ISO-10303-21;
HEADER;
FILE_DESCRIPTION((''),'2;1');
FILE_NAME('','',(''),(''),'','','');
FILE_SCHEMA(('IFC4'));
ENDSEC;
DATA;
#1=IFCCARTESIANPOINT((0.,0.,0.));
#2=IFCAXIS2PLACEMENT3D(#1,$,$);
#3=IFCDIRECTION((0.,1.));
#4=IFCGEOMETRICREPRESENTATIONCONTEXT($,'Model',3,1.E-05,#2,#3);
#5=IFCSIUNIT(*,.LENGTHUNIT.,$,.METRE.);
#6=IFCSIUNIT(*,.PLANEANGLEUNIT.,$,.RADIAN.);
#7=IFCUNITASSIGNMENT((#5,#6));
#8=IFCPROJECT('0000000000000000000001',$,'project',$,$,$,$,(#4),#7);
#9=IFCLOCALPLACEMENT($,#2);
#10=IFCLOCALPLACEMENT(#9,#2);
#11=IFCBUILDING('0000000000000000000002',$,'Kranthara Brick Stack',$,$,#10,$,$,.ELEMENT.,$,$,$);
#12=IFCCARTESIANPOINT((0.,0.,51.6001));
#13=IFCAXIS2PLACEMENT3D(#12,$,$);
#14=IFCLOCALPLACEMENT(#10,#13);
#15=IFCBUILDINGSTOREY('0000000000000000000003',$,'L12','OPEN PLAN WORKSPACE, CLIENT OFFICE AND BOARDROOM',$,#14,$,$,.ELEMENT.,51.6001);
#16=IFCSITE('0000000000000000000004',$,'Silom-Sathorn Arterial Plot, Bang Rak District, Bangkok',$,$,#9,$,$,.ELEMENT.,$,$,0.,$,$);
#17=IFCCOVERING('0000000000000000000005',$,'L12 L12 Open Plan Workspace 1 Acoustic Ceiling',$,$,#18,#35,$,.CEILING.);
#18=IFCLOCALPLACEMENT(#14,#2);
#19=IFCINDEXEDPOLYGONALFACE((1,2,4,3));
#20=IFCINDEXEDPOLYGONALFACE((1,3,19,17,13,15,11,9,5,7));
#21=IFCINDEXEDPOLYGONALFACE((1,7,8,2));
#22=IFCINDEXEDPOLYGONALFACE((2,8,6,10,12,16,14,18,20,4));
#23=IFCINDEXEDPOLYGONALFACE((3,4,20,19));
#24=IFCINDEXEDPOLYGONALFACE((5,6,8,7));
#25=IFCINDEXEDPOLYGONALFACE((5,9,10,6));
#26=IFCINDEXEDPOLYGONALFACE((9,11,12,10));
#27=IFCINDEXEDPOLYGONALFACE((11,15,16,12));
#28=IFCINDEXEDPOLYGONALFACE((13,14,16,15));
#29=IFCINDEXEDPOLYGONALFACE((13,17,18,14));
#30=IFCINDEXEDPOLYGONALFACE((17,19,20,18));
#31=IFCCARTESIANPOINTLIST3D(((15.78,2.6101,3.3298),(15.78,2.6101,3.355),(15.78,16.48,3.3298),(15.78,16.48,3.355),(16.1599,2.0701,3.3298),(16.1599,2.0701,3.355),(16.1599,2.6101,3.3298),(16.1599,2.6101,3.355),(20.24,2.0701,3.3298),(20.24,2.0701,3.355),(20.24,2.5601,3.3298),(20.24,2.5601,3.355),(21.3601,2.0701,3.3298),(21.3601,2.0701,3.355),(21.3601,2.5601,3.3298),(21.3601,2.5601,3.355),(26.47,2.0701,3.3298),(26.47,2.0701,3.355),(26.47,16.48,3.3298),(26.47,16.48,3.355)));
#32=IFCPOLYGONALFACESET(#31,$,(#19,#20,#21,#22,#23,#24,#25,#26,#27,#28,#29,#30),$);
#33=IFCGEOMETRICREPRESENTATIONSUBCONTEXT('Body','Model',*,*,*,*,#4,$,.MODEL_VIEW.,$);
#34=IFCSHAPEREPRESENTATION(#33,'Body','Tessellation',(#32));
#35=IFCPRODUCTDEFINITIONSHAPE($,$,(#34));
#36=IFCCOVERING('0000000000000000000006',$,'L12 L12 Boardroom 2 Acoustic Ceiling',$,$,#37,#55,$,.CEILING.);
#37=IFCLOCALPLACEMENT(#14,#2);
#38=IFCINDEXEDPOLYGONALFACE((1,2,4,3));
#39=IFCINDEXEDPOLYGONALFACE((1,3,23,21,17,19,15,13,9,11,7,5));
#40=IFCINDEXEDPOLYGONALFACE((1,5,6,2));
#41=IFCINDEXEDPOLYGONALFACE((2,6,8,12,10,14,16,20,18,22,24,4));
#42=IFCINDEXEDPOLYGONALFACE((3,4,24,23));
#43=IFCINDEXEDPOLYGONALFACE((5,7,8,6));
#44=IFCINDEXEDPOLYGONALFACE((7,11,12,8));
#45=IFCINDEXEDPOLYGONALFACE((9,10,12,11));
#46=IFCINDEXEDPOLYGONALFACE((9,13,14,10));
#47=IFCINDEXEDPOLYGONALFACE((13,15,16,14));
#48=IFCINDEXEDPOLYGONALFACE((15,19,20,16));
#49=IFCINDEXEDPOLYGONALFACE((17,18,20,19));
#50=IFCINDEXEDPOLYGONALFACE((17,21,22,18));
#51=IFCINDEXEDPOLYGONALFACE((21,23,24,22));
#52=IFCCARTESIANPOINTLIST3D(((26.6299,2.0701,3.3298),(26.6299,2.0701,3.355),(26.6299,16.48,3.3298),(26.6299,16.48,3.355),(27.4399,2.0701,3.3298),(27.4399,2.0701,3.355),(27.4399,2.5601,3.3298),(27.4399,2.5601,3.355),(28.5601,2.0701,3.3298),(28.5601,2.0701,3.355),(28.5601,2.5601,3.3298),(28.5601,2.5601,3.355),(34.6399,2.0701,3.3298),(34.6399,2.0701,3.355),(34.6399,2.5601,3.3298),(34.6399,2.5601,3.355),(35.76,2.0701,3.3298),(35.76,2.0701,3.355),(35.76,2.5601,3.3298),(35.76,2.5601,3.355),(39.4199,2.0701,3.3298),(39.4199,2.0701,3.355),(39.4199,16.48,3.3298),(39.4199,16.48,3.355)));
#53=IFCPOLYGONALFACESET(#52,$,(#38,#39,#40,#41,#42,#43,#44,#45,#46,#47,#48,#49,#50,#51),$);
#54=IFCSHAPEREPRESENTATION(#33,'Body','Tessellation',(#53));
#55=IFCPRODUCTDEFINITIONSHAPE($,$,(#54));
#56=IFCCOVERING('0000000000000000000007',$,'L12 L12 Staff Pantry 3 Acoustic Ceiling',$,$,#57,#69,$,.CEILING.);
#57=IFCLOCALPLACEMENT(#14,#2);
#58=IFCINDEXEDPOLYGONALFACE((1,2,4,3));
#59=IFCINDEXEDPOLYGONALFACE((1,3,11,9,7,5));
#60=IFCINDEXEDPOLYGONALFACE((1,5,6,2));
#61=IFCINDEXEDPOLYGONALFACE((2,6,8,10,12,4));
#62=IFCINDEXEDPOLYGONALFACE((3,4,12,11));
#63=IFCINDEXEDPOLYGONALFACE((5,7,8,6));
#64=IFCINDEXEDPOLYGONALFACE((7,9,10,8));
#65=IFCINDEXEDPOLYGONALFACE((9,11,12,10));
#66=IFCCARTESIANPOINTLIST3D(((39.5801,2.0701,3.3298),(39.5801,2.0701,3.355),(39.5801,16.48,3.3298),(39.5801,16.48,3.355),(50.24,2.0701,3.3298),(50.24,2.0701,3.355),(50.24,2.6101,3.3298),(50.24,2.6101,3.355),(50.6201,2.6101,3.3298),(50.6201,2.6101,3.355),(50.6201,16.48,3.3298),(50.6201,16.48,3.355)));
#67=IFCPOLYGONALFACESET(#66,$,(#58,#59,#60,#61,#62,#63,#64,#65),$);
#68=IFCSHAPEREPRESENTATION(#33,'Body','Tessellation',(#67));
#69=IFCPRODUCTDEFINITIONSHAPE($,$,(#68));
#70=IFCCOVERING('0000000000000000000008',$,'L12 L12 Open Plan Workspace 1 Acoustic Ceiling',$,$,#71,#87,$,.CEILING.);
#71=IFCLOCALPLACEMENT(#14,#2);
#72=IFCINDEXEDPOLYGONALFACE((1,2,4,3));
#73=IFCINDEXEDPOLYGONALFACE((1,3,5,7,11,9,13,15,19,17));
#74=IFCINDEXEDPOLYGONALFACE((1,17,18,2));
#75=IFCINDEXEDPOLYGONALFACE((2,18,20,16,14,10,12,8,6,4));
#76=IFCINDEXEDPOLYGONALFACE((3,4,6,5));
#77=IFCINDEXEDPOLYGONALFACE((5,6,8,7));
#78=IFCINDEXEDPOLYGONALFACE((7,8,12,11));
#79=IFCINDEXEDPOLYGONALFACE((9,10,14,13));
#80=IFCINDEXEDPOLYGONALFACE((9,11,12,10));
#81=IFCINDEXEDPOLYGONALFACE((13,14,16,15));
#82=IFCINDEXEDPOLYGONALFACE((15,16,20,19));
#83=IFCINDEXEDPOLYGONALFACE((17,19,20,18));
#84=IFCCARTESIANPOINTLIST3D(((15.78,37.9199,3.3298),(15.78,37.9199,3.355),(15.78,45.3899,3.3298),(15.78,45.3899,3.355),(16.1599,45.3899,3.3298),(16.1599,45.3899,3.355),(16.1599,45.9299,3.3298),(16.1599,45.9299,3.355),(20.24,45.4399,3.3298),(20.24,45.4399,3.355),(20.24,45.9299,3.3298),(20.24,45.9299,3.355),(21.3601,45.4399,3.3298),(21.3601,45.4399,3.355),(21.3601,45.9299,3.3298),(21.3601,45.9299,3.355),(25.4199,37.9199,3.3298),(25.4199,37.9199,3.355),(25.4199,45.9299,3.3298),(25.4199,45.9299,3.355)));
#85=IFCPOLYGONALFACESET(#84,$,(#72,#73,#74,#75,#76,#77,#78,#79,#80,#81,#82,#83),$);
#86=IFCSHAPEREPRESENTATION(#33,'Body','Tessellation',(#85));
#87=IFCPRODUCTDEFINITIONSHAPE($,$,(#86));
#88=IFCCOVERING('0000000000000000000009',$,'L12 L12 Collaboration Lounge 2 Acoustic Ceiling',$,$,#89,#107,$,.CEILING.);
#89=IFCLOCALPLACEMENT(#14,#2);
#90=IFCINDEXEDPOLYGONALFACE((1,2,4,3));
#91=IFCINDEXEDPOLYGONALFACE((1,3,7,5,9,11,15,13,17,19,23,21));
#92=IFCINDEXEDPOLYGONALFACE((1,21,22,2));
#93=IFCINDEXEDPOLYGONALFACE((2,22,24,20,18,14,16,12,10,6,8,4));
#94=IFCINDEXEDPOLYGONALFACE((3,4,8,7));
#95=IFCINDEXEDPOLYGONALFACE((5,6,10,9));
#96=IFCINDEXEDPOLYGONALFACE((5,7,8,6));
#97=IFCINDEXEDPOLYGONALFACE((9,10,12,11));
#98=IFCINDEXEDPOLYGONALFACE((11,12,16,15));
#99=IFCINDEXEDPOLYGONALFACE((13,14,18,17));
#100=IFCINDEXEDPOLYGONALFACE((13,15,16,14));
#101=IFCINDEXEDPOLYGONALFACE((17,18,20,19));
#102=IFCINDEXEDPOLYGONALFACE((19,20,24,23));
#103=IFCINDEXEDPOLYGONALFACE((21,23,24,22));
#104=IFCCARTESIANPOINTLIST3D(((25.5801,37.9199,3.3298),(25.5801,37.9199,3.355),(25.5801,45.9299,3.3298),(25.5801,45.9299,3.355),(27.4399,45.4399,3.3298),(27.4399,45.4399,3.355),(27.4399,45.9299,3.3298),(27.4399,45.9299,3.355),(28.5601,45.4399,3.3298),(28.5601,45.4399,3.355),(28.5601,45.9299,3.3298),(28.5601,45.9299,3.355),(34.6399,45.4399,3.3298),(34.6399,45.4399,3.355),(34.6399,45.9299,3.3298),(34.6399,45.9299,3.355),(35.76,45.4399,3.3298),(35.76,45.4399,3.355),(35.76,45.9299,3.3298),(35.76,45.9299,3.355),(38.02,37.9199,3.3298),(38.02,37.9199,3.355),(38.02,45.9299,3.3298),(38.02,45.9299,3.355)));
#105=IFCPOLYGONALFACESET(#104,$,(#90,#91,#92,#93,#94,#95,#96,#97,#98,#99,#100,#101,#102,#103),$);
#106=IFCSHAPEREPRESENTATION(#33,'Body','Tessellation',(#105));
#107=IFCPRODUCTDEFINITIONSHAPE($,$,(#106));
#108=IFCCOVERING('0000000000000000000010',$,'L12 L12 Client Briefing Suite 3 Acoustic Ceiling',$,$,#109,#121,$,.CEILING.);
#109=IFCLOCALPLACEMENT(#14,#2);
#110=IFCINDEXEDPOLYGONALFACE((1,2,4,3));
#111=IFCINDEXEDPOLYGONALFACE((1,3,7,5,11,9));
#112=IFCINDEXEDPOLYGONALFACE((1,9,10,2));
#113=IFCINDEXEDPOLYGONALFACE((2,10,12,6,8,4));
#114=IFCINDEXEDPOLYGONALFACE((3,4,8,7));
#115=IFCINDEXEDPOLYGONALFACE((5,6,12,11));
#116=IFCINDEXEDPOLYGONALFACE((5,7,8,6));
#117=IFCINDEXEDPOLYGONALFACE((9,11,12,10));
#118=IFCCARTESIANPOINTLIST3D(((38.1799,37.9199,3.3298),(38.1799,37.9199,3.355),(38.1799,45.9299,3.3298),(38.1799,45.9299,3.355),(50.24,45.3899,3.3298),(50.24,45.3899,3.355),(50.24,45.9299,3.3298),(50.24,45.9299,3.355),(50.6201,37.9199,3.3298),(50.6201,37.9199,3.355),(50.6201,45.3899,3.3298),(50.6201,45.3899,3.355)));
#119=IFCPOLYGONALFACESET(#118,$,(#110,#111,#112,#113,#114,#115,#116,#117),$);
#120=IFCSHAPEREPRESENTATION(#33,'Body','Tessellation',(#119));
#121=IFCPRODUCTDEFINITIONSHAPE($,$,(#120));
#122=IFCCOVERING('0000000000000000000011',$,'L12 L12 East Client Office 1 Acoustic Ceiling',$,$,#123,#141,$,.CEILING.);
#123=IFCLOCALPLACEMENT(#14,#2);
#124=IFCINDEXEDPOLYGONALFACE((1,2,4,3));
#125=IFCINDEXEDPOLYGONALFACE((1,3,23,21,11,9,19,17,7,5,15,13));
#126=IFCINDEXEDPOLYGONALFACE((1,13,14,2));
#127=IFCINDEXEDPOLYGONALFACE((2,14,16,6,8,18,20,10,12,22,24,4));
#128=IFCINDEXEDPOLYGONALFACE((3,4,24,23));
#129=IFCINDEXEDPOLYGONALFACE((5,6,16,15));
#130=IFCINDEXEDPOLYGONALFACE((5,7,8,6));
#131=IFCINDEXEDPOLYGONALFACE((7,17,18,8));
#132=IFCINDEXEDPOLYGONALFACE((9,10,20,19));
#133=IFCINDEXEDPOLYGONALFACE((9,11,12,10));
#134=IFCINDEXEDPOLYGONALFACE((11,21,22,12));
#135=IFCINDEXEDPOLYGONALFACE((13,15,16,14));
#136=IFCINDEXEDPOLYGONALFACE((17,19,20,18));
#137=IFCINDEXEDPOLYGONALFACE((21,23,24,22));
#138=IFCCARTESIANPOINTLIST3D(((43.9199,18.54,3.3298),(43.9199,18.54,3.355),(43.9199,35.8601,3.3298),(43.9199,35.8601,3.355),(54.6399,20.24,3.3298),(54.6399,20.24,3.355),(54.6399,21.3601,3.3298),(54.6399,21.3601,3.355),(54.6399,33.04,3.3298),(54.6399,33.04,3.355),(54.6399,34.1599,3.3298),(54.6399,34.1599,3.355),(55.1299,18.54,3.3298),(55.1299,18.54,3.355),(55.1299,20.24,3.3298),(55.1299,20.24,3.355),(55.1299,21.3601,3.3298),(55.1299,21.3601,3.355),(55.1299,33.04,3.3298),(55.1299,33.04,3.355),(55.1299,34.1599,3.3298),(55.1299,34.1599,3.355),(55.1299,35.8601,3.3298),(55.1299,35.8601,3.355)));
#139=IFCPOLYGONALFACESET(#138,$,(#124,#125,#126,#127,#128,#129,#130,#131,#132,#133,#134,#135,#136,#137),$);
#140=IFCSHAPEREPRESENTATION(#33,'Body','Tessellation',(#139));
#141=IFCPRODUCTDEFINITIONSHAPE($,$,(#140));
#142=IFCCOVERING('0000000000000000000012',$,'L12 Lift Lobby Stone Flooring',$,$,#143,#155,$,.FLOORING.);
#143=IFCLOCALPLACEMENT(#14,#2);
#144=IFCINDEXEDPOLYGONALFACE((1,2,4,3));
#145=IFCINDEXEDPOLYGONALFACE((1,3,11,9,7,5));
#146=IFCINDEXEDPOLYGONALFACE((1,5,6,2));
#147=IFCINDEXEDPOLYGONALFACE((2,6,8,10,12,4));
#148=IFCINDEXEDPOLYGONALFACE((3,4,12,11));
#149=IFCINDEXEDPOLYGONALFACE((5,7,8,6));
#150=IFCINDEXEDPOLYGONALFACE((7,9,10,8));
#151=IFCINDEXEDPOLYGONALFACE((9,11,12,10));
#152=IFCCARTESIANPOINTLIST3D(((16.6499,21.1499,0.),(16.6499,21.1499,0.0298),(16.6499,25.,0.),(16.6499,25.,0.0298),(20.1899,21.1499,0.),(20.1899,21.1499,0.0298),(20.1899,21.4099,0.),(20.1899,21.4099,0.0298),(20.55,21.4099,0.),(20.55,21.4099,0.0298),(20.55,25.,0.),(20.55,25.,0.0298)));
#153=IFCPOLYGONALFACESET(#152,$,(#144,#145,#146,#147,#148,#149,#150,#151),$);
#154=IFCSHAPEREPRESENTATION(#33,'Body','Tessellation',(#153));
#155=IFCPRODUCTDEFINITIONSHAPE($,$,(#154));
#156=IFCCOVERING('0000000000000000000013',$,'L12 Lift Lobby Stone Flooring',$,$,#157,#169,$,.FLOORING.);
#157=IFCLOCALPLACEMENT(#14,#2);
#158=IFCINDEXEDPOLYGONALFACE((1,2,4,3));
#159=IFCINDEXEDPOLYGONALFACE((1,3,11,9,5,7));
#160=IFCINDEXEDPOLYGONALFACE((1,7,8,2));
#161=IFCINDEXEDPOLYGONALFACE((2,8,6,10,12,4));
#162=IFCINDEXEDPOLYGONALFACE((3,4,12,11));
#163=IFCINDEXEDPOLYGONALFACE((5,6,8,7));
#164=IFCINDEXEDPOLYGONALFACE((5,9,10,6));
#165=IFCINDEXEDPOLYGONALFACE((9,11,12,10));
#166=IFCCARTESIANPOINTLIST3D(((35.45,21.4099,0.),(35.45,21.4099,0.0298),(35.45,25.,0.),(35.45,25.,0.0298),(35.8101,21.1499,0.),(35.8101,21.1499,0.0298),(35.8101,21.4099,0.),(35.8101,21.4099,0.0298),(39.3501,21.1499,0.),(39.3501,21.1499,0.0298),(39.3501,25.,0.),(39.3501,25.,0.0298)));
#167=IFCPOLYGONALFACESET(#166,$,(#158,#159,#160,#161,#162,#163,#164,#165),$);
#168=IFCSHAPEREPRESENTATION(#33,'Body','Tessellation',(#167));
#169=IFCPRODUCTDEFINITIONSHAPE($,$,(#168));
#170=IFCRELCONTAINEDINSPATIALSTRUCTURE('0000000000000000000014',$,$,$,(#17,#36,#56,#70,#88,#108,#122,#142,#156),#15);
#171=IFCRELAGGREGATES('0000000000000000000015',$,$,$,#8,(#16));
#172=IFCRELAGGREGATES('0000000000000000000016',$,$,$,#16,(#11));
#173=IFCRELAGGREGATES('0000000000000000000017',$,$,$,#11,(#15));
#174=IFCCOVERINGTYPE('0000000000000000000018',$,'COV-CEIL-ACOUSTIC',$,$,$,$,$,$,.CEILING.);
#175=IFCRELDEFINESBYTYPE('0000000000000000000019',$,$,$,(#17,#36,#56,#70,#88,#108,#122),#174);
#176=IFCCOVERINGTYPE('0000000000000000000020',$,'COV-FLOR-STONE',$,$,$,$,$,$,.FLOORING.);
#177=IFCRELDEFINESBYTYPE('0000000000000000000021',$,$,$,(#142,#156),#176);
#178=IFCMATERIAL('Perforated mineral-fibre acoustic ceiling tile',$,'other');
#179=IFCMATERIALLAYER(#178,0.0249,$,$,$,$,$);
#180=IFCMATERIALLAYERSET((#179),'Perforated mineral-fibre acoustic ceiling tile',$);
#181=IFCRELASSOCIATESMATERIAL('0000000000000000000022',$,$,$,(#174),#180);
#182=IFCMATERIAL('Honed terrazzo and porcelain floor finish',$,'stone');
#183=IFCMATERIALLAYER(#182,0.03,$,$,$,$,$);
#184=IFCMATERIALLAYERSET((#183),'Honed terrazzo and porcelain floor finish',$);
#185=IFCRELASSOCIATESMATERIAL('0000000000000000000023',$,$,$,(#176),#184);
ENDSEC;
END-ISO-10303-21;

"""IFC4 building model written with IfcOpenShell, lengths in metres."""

from ifc_helpers import new_model, si_unit, direction, frame, origin, place, context, subcontext, project, spatial, polyline, outline, extrude, material, layer, layer_set, type_object, element, save


model = new_model("IFC4")

# Units and contexts
model_context = context("Model", 3, precision=1e-05, world=origin(), true_north=direction((0.0, 1.0)))
body_context = subcontext(model_context, "Body", "Model", "MODEL_VIEW")
ifc_project = project(units=[si_unit("LENGTHUNIT", "METRE"), si_unit("PLANEANGLEUNIT", "RADIAN")], contexts=[model_context])

# Site, building, storey
site_placement = place(None, origin())
site = spatial("IfcSite", under=ifc_project, at=site_placement, Name="Silom-Sathorn Arterial Plot, Bang Rak District, Bangkok", CompositionType="ELEMENT", RefElevation=0.0)
building_placement = place(site_placement, origin())
building = spatial("IfcBuilding", under=site, at=building_placement, Name="Kranthara Brick Stack", CompositionType="ELEMENT")
storey_placement = place(building_placement, frame((0.0, 0.0, 51.6001)))
storey = spatial("IfcBuildingStorey", under=building, at=storey_placement, Name="L12", Description="OPEN PLAN WORKSPACE, CLIENT OFFICE AND BOARDROOM", CompositionType="ELEMENT", Elevation=51.6001)

# Coverings
ifc_material_1 = material(Name="Perforated mineral-fibre acoustic ceiling tile", Category="other")
ifc_layer_1 = layer(ifc_material_1, 0.0249)
ifc_layer_set_1 = layer_set([ifc_layer_1], Name="Perforated mineral-fibre acoustic ceiling tile")
covering_type_1 = type_object("IfcCoveringType", Name="COV-CEIL-ACOUSTIC", PredefinedType="CEILING", material=ifc_layer_set_1)
covering_1_placement = place(storey_placement, frame((0.0, 0.0, 3.3298)))
element("IfcCovering", 1, at=covering_1_placement, inside=storey, type_object=covering_type_1, Name="L12 L12 Open Plan Workspace 1 Acoustic Ceiling", PredefinedType="CEILING", context=body_context, shape_type="SweptSolid", body=[
    extrude(outline(polyline([(26.47, 16.48), (26.47, 2.0701), (21.3601, 2.0701), (21.3601, 2.5601), (20.24, 2.5601), (20.24, 2.0701), (16.1599, 2.0701), (16.1599, 2.6101), (15.78, 2.6101), (15.78, 16.48), (26.47, 16.48)])), origin(), (0.0, 0.0, 1.0), 0.0251),
])
covering_2_placement = place(storey_placement, frame((0.0, 0.0, 3.3298)))
element("IfcCovering", 2, at=covering_2_placement, inside=storey, type_object=covering_type_1, Name="L12 L12 Boardroom 2 Acoustic Ceiling", PredefinedType="CEILING", context=body_context, shape_type="SweptSolid", body=[
    extrude(outline(polyline([(26.6299, 16.48), (39.4199, 16.48), (39.4199, 2.0701), (35.76, 2.0701), (35.76, 2.5601), (34.6399, 2.5601), (34.6399, 2.0701), (28.5601, 2.0701), (28.5601, 2.5601), (27.4399, 2.5601), (27.4399, 2.0701), (26.6299, 2.0701), (26.6299, 16.48)])), origin(), (0.0, 0.0, 1.0), 0.0251),
])
covering_3_placement = place(storey_placement, frame((0.0, 0.0, 3.3298)))
element("IfcCovering", 3, at=covering_3_placement, inside=storey, type_object=covering_type_1, Name="L12 L12 Staff Pantry 3 Acoustic Ceiling", PredefinedType="CEILING", context=body_context, shape_type="SweptSolid", body=[
    extrude(outline(polyline([(39.5801, 2.0701), (39.5801, 16.48), (50.6201, 16.48), (50.6201, 2.6101), (50.24, 2.6101), (50.24, 2.0701), (39.5801, 2.0701)])), origin(), (0.0, 0.0, 1.0), 0.0251),
])
covering_4_placement = place(storey_placement, frame((0.0, 0.0, 3.3298)))
element("IfcCovering", 4, at=covering_4_placement, inside=storey, type_object=covering_type_1, Name="L12 L12 Open Plan Workspace 1 Acoustic Ceiling", PredefinedType="CEILING", context=body_context, shape_type="SweptSolid", body=[
    extrude(outline(polyline([(25.4199, 37.9199), (15.78, 37.9199), (15.78, 45.3899), (16.1599, 45.3899), (16.1599, 45.9299), (20.24, 45.9299), (20.24, 45.4399), (21.3601, 45.4399), (21.3601, 45.9299), (25.4199, 45.9299), (25.4199, 37.9199)])), origin(), (0.0, 0.0, 1.0), 0.0251),
])
covering_5_placement = place(storey_placement, frame((0.0, 0.0, 3.3298)))
element("IfcCovering", 5, at=covering_5_placement, inside=storey, type_object=covering_type_1, Name="L12 L12 Collaboration Lounge 2 Acoustic Ceiling", PredefinedType="CEILING", context=body_context, shape_type="SweptSolid", body=[
    extrude(outline(polyline([(38.02, 37.9199), (25.5801, 37.9199), (25.5801, 45.9299), (27.4399, 45.9299), (27.4399, 45.4399), (28.5601, 45.4399), (28.5601, 45.9299), (34.6399, 45.9299), (34.6399, 45.4399), (35.76, 45.4399), (35.76, 45.9299), (38.02, 45.9299), (38.02, 37.9199)])), origin(), (0.0, 0.0, 1.0), 0.0251),
])
covering_6_placement = place(storey_placement, frame((0.0, 0.0, 3.3298)))
element("IfcCovering", 6, at=covering_6_placement, inside=storey, type_object=covering_type_1, Name="L12 L12 Client Briefing Suite 3 Acoustic Ceiling", PredefinedType="CEILING", context=body_context, shape_type="SweptSolid", body=[
    extrude(outline(polyline([(50.6201, 37.9199), (38.1799, 37.9199), (38.1799, 45.9299), (50.24, 45.9299), (50.24, 45.3899), (50.6201, 45.3899), (50.6201, 37.9199)])), origin(), (0.0, 0.0, 1.0), 0.0251),
])
covering_7_placement = place(storey_placement, frame((0.0, 0.0, 3.3298)))
element("IfcCovering", 7, at=covering_7_placement, inside=storey, type_object=covering_type_1, Name="L12 L12 East Client Office 1 Acoustic Ceiling", PredefinedType="CEILING", context=body_context, shape_type="SweptSolid", body=[
    extrude(outline(polyline([(43.9199, 18.54), (43.9199, 35.8601), (55.1299, 35.8601), (55.1299, 34.1599), (54.6399, 34.1599), (54.6399, 33.04), (55.1299, 33.04), (55.1299, 21.3601), (54.6399, 21.3601), (54.6399, 20.24), (55.1299, 20.24), (55.1299, 18.54), (43.9199, 18.54)])), origin(), (0.0, 0.0, 1.0), 0.0251),
])
ifc_material_2 = material(Name="Honed terrazzo and porcelain floor finish", Category="stone")
ifc_layer_2 = layer(ifc_material_2, 0.03)
ifc_layer_set_2 = layer_set([ifc_layer_2], Name="Honed terrazzo and porcelain floor finish")
covering_type_2 = type_object("IfcCoveringType", Name="COV-FLOR-STONE", PredefinedType="FLOORING", material=ifc_layer_set_2)
covering_8_placement = place(storey_placement, origin())
element("IfcCovering", 8, at=covering_8_placement, inside=storey, type_object=covering_type_2, Name="L12 Lift Lobby Stone Flooring", PredefinedType="FLOORING", context=body_context, shape_type="SweptSolid", body=[
    extrude(outline(polyline([(16.6499, 21.1499), (16.6499, 25.0), (20.55, 25.0), (20.55, 21.4099), (20.1899, 21.4099), (20.1899, 21.1499), (16.6499, 21.1499)])), origin(), (0.0, 0.0, 1.0), 0.0298),
])
covering_9_placement = place(storey_placement, origin())
element("IfcCovering", 9, at=covering_9_placement, inside=storey, type_object=covering_type_2, Name="L12 Lift Lobby Stone Flooring", PredefinedType="FLOORING", context=body_context, shape_type="SweptSolid", body=[
    extrude(outline(polyline([(35.45, 25.0), (39.3501, 25.0), (39.3501, 21.1499), (35.8101, 21.1499), (35.8101, 21.4099), (35.45, 21.4099), (35.45, 25.0)])), origin(), (0.0, 0.0, 1.0), 0.0298),
])

save(model, "model.ifc")
